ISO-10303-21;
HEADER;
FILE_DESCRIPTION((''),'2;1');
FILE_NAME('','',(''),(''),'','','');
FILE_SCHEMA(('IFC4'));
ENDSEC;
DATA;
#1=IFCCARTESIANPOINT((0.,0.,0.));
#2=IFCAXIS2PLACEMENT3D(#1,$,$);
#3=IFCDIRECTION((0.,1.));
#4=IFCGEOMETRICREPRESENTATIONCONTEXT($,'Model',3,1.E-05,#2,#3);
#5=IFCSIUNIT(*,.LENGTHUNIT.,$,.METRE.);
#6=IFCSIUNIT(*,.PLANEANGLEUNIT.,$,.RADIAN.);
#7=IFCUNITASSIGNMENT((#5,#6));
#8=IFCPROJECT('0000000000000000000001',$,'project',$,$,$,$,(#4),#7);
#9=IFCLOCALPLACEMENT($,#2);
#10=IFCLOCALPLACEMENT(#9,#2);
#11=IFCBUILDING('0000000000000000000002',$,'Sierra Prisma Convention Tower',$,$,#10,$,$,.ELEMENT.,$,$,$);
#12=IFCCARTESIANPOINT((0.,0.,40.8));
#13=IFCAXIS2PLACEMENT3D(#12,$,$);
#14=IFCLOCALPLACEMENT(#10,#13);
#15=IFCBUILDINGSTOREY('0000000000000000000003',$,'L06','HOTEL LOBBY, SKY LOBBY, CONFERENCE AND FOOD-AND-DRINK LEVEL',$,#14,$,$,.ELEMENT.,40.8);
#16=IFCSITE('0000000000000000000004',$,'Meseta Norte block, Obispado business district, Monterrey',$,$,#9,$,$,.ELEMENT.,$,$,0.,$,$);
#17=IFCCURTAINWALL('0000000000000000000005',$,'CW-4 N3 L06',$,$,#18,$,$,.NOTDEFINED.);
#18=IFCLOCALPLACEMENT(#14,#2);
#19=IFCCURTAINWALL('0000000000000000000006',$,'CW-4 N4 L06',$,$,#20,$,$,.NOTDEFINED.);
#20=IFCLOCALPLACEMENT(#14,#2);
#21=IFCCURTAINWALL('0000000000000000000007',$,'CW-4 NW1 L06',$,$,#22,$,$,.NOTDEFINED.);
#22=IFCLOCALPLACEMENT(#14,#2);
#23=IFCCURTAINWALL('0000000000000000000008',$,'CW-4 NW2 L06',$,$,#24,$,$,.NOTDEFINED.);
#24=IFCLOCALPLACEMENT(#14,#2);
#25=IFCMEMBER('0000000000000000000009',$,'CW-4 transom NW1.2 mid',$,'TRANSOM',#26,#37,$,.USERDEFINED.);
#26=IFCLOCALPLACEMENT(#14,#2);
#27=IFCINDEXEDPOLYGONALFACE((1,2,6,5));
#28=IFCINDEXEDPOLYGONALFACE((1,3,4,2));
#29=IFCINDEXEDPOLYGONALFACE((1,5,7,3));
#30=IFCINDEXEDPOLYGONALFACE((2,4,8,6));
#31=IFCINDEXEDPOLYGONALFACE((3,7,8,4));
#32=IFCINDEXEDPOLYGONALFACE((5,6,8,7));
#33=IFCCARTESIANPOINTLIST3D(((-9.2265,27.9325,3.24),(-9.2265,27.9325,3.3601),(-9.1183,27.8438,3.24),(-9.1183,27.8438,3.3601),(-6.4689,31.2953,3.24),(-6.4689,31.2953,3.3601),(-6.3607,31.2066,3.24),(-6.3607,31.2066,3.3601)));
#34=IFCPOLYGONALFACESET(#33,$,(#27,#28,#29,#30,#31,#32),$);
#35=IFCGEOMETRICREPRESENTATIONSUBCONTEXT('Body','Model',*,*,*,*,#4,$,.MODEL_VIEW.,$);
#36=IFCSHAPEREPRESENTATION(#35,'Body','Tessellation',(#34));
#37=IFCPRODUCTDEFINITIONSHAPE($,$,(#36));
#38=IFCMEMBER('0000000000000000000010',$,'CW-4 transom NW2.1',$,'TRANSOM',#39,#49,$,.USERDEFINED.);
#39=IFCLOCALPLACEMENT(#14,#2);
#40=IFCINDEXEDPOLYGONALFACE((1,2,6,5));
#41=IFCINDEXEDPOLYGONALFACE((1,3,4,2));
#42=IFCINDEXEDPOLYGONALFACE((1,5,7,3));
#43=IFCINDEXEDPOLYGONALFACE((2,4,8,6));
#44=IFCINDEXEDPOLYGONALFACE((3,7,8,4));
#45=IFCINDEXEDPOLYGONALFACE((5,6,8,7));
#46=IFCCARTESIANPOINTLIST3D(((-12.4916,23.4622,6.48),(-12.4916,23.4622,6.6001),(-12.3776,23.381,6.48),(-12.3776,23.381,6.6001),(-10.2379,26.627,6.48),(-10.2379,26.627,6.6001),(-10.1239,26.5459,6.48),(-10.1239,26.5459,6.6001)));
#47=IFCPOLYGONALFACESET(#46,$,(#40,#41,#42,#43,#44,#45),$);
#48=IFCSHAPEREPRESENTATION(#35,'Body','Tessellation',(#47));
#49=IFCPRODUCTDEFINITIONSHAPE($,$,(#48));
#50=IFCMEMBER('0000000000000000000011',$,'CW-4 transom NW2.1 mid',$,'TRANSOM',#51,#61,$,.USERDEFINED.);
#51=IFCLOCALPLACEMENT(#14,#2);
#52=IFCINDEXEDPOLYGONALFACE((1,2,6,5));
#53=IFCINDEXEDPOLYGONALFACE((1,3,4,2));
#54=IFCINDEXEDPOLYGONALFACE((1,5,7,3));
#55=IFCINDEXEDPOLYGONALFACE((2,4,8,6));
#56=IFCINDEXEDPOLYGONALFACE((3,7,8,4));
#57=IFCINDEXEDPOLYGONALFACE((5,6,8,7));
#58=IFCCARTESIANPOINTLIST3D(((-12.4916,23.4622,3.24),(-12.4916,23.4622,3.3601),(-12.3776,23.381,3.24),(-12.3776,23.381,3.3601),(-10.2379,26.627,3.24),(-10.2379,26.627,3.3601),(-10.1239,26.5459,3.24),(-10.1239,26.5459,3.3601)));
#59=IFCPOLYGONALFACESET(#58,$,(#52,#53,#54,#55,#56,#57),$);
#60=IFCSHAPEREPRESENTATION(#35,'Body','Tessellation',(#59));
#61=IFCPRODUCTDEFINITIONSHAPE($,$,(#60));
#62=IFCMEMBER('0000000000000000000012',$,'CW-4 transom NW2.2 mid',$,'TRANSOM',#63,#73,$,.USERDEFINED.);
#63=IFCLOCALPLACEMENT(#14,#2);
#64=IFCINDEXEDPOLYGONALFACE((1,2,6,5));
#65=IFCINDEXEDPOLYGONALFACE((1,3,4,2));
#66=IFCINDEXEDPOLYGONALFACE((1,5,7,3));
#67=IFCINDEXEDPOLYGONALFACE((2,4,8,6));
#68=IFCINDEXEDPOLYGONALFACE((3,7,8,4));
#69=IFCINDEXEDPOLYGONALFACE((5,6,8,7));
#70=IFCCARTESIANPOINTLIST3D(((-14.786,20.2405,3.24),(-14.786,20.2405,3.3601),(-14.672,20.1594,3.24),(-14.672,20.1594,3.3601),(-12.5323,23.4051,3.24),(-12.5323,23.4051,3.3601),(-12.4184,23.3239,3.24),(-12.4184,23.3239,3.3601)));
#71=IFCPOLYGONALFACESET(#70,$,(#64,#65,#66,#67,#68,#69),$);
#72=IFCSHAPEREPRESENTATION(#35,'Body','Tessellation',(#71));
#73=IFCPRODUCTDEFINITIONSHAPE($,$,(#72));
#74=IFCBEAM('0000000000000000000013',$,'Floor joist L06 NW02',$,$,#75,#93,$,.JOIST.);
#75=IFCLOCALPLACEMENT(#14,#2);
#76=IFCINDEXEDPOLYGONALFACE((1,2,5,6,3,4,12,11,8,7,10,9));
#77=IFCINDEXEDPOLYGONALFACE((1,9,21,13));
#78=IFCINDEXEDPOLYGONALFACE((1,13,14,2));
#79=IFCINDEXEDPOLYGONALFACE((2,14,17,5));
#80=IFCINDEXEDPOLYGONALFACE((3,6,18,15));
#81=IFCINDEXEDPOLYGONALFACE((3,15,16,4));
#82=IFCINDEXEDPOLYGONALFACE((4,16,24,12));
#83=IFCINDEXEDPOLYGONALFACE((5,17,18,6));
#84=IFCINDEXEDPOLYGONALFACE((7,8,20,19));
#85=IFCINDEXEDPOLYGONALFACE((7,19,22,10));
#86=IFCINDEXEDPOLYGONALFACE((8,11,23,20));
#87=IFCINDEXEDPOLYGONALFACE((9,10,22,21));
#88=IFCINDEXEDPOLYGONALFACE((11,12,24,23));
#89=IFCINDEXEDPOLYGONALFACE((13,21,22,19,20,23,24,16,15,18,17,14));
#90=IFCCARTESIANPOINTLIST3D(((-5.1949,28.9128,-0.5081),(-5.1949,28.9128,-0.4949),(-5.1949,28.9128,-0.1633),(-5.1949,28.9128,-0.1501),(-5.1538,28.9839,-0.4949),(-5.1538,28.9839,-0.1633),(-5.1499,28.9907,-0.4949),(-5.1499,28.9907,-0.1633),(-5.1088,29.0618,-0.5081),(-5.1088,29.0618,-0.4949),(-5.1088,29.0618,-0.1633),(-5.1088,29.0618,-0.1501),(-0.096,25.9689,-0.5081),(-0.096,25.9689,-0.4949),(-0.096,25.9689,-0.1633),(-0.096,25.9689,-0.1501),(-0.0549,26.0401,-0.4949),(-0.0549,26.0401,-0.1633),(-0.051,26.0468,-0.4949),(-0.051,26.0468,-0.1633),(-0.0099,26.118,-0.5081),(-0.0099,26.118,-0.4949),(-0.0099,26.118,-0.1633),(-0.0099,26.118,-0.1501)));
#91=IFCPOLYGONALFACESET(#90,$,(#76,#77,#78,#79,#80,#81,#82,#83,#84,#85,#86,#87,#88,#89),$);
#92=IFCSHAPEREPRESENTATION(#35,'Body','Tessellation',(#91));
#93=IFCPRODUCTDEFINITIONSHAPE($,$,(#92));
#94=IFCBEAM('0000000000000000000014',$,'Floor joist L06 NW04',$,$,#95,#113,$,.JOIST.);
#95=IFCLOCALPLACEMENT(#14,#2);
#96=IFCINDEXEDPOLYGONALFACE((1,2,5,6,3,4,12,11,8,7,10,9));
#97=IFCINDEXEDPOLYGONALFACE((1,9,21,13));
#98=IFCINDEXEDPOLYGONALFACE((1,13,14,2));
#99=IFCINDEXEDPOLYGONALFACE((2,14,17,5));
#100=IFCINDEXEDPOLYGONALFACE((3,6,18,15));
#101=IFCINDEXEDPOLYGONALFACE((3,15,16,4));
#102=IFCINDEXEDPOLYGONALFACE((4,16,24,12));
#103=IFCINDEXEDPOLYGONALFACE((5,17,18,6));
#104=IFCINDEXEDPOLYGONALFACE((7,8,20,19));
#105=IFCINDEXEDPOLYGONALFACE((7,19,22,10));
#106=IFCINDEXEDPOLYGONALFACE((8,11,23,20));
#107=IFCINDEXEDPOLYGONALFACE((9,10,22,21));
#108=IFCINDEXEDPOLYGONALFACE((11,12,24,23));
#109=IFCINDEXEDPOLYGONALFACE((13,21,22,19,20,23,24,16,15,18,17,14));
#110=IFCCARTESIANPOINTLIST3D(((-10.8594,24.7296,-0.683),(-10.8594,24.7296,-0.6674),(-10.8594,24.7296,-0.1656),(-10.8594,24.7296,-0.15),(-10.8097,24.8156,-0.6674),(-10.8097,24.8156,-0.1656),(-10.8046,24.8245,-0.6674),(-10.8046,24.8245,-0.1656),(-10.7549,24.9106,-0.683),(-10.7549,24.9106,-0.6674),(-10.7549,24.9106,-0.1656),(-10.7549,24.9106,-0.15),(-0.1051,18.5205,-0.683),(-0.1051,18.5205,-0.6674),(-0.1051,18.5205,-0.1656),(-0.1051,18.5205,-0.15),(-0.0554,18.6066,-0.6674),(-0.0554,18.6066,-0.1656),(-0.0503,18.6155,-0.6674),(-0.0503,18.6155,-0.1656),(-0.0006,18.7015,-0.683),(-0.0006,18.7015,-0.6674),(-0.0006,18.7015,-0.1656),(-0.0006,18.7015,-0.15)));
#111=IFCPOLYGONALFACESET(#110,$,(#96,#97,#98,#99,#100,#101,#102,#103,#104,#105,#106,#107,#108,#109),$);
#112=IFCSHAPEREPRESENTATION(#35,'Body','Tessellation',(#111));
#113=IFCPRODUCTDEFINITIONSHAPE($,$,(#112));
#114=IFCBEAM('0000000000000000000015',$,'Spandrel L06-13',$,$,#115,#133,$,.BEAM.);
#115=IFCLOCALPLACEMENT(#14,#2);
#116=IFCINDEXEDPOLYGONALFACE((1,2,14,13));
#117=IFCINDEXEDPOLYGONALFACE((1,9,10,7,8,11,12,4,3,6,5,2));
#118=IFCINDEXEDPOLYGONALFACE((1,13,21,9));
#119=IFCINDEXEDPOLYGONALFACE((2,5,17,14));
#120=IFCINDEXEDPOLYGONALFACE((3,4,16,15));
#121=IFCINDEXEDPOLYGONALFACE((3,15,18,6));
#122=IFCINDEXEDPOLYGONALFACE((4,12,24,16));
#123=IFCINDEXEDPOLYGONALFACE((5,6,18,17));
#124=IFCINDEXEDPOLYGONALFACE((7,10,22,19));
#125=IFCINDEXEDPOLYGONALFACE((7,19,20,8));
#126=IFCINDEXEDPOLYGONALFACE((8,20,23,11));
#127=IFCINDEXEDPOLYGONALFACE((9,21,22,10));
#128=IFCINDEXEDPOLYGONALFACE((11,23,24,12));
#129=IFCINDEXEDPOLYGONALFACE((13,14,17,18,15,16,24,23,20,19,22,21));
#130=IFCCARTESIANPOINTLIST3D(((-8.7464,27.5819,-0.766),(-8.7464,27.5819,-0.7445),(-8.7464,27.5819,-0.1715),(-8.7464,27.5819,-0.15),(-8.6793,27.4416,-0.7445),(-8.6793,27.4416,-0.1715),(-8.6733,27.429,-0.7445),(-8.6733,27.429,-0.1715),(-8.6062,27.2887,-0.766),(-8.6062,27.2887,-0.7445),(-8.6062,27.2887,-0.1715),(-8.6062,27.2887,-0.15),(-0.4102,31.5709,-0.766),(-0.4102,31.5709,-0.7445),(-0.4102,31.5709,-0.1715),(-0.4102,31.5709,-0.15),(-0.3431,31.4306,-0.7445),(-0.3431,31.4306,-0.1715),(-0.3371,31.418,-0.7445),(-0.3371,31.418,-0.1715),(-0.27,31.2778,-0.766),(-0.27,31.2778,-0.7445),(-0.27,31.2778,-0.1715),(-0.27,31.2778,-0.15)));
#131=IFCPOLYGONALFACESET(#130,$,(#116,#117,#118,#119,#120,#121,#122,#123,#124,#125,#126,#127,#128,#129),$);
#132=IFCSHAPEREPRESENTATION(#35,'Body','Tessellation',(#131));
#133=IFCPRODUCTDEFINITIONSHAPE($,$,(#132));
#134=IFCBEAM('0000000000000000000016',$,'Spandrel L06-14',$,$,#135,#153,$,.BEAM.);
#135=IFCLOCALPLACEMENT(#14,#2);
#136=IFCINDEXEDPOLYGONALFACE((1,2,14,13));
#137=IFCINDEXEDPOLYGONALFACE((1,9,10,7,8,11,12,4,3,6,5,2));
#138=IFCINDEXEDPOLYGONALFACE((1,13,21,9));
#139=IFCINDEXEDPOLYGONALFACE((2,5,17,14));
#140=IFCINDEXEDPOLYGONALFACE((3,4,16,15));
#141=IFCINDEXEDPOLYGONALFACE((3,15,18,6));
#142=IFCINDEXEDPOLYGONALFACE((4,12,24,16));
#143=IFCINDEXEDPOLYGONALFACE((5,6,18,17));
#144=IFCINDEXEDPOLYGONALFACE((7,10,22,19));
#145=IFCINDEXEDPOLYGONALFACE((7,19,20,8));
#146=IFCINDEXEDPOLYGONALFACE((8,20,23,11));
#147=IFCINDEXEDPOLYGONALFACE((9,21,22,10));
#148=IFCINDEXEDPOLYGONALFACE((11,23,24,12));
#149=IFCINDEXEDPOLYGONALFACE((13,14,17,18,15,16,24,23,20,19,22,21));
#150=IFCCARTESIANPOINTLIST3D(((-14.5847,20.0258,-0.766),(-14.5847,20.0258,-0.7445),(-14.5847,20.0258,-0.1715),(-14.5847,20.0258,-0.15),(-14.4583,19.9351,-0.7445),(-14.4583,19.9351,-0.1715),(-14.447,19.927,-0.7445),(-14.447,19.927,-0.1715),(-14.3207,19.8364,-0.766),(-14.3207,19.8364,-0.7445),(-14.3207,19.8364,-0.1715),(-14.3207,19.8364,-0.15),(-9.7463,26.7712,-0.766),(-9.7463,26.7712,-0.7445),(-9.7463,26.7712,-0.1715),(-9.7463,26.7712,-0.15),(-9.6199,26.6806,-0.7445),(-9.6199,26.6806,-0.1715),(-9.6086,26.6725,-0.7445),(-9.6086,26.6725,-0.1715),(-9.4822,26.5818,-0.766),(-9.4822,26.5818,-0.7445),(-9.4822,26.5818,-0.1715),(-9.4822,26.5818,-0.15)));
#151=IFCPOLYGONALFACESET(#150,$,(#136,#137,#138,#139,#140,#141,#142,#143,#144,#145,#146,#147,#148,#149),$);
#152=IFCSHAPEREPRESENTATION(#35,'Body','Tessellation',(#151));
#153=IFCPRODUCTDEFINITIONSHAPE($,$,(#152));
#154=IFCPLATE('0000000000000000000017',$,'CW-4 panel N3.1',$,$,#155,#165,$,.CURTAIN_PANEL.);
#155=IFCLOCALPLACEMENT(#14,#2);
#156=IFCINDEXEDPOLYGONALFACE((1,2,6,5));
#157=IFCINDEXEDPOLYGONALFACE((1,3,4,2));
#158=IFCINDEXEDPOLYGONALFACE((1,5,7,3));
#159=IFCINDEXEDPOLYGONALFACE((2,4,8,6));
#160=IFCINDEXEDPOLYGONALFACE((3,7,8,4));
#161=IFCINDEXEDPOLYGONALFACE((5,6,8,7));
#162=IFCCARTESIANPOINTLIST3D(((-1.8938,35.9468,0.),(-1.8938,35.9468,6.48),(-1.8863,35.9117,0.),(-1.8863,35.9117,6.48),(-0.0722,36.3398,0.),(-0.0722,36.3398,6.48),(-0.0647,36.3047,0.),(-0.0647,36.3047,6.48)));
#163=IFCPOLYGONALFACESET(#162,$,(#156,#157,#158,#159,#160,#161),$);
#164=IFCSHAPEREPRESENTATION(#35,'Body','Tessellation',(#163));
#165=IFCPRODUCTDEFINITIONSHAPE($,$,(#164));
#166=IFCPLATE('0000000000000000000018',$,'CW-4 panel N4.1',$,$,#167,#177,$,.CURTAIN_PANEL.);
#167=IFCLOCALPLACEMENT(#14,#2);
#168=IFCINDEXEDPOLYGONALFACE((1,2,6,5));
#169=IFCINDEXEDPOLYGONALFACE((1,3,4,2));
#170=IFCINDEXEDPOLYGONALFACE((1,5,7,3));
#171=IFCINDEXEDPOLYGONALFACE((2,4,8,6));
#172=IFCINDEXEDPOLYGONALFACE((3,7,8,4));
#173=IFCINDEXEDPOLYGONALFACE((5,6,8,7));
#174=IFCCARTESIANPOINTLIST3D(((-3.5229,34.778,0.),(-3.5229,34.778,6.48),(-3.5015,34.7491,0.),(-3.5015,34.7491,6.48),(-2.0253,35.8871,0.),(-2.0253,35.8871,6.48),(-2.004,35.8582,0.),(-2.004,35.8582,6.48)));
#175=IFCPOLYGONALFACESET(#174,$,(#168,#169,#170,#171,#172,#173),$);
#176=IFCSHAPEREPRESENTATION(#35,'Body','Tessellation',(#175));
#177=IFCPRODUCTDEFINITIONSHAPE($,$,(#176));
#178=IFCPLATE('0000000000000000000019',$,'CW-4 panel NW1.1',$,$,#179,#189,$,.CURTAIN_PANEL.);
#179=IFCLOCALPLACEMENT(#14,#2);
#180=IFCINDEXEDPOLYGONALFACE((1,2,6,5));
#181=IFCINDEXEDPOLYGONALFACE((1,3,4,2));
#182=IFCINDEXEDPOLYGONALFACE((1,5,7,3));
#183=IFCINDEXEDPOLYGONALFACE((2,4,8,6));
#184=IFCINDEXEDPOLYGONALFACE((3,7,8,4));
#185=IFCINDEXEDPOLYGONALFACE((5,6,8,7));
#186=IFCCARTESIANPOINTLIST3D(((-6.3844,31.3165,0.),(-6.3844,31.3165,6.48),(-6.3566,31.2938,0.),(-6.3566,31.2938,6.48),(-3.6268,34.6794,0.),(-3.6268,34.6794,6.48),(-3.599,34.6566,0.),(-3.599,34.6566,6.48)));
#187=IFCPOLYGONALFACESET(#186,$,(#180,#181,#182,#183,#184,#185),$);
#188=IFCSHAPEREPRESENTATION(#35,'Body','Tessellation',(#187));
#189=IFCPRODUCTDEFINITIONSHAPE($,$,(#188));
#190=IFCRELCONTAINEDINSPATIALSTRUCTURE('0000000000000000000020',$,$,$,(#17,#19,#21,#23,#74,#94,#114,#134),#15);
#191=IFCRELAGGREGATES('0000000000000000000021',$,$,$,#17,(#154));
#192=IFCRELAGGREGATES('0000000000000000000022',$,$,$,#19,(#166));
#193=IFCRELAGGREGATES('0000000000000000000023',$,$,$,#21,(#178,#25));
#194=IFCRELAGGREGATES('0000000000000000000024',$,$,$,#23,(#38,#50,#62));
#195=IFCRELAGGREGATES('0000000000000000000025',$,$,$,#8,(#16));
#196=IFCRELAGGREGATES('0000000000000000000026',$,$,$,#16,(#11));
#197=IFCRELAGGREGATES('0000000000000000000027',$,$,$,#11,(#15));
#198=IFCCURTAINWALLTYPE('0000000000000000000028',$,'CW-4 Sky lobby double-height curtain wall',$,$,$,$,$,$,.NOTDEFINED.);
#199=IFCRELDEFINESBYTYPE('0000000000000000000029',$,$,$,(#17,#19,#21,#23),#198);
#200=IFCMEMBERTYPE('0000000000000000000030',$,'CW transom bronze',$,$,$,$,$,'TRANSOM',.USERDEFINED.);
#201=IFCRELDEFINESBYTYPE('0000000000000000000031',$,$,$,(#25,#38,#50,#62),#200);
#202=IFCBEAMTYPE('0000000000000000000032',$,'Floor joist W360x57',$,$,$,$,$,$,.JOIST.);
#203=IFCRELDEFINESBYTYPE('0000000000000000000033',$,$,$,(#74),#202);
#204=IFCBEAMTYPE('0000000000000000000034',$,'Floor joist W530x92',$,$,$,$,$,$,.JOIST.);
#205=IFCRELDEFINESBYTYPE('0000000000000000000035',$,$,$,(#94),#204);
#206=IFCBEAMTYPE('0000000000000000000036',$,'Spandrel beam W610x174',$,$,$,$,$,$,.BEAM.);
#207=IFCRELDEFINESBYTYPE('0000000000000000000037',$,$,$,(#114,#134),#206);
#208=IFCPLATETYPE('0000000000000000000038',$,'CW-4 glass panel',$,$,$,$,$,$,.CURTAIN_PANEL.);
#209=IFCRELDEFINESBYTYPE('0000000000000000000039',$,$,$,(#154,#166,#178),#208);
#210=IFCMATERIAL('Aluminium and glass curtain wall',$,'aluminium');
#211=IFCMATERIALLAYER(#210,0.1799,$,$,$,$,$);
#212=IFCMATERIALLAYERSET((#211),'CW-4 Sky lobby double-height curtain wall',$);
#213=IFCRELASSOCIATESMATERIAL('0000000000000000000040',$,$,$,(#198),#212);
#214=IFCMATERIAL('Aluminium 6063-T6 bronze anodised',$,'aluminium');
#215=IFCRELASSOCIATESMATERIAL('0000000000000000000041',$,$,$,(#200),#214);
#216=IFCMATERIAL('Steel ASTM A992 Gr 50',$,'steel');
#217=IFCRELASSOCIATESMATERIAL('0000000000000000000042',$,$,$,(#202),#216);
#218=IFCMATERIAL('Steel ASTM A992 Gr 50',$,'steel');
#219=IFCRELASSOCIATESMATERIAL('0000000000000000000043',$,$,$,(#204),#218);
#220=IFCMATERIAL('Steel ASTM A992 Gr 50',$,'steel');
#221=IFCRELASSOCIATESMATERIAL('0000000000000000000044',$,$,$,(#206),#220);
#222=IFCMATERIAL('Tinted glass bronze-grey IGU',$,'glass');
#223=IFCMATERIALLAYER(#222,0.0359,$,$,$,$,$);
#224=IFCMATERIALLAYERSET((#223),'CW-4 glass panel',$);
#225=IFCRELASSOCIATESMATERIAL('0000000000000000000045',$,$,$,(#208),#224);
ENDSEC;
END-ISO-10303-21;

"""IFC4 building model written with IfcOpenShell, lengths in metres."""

from ifc_helpers import new_model, si_unit, direction, frame, origin, origin_2d, place, context, subcontext, project, spatial, rectangle, i_section, extrude, material, layer, layer_set, material_profile, profile_set, type_object, element, aggregate, save


model = new_model("IFC4")

# Units and contexts
model_context = context("Model", 3, precision=1e-05, world=origin(), true_north=direction((0.0, 1.0)))
body_context = subcontext(model_context, "Body", "Model", "MODEL_VIEW")
ifc_project = project(units=[si_unit("LENGTHUNIT", "METRE"), si_unit("PLANEANGLEUNIT", "RADIAN")], contexts=[model_context])

# Site, building, storey
site_placement = place(None, origin())
site = spatial("IfcSite", under=ifc_project, at=site_placement, Name="Meseta Norte block, Obispado business district, Monterrey", CompositionType="ELEMENT", RefElevation=0.0)
building_placement = place(site_placement, origin())
building = spatial("IfcBuilding", under=site, at=building_placement, Name="Sierra Prisma Convention Tower", CompositionType="ELEMENT")
storey_placement = place(building_placement, frame((0.0, 0.0, 40.8)))
storey = spatial("IfcBuildingStorey", under=building, at=storey_placement, Name="L06", Description="HOTEL LOBBY, SKY LOBBY, CONFERENCE AND FOOD-AND-DRINK LEVEL", CompositionType="ELEMENT", Elevation=40.8)

# Curtain walls
ifc_material_1 = material(Name="Aluminium and glass curtain wall", Category="aluminium")
ifc_layer_1 = layer(ifc_material_1, 0.1799)
ifc_layer_set_1 = layer_set([ifc_layer_1], Name="CW-4 Sky lobby double-height curtain wall")
curtain_wall_type = type_object("IfcCurtainWallType", Name="CW-4 Sky lobby double-height curtain wall", PredefinedType="NOTDEFINED", material=ifc_layer_set_1)
curtain_wall_1_placement = place(storey_placement, origin())
curtain_wall_1 = element("IfcCurtainWall", 1, at=curtain_wall_1_placement, inside=storey, type_object=curtain_wall_type, Name="CW-4 N3 L06", PredefinedType="NOTDEFINED")
curtain_wall_2_placement = place(storey_placement, origin())
curtain_wall_2 = element("IfcCurtainWall", 2, at=curtain_wall_2_placement, inside=storey, type_object=curtain_wall_type, Name="CW-4 N4 L06", PredefinedType="NOTDEFINED")

# Curtain wall
curtain_wall_3_placement = place(storey_placement, origin())
curtain_wall_3 = element("IfcCurtainWall", 3, at=curtain_wall_3_placement, inside=storey, type_object=curtain_wall_type, Name="CW-4 NW1 L06", PredefinedType="NOTDEFINED")

# Curtain wall
curtain_wall_4_placement = place(storey_placement, origin())
curtain_wall_4 = element("IfcCurtainWall", 4, at=curtain_wall_4_placement, inside=storey, type_object=curtain_wall_type, Name="CW-4 NW2 L06", PredefinedType="NOTDEFINED")

# Members
ifc_material_2 = material(Name="Aluminium 6063-T6 bronze anodised", Category="aluminium")
ifc_material_profile_1 = material_profile(ifc_material_2, rectangle(XDim=0.1399, YDim=0.1201, at=origin_2d()), Name="ALU TRANSOM 120x140")
ifc_profile_set_1 = profile_set([ifc_material_profile_1], Name="Aluminium 6063-T6 bronze anodised")
member_type_1 = type_object("IfcMemberType", Name="CW transom bronze", ElementType="TRANSOM", PredefinedType="USERDEFINED", material=ifc_profile_set_1)
member_1_placement = place(storey_placement, frame((-6.4148, 31.251, 3.3), z_axis=(-0.63409, -0.773259, 0.0), x_axis=(0.773259, -0.63409, 0.0)))
member_1 = element("IfcMember", 5, at=member_1_placement, type_object=member_type_1, Name="CW-4 transom NW1.2 mid", ObjectType="TRANSOM", PredefinedType="USERDEFINED", context=body_context, shape_type="SweptSolid", body=[
    extrude(rectangle(XDim=0.1399, YDim=0.1201, at=origin_2d()), origin(), (0.0, 0.0, 1.0), 4.3489),
])
member_2_placement = place(storey_placement, frame((-10.1809, 26.5864, 6.54), z_axis=(-0.580061, -0.814573, 0.0), x_axis=(0.814573, -0.580061, 0.0)))
member_2 = element("IfcMember", 6, at=member_2_placement, type_object=member_type_1, Name="CW-4 transom NW2.1", ObjectType="TRANSOM", PredefinedType="USERDEFINED", context=body_context, shape_type="SweptSolid", body=[
    extrude(rectangle(XDim=0.1399, YDim=0.1201, at=origin_2d()), origin(), (0.0, 0.0, 1.0), 3.8853),
])
member_3_placement = place(storey_placement, frame((-10.1809, 26.5864, 3.3), z_axis=(-0.580061, -0.814573, 0.0), x_axis=(0.814573, -0.580061, 0.0)))
member_3 = element("IfcMember", 7, at=member_3_placement, type_object=member_type_1, Name="CW-4 transom NW2.1 mid", ObjectType="TRANSOM", PredefinedType="USERDEFINED", context=body_context, shape_type="SweptSolid", body=[
    extrude(rectangle(XDim=0.1399, YDim=0.1201, at=origin_2d()), origin(), (0.0, 0.0, 1.0), 3.8853),
])
member_4_placement = place(storey_placement, frame((-12.4753, 23.3645, 3.3), z_axis=(-0.58009, -0.814552, 0.0), x_axis=(0.814552, -0.58009, 0.0)))
member_4 = element("IfcMember", 8, at=member_4_placement, type_object=member_type_1, Name="CW-4 transom NW2.2 mid", ObjectType="TRANSOM", PredefinedType="USERDEFINED", context=body_context, shape_type="SweptSolid", body=[
    extrude(rectangle(XDim=0.1399, YDim=0.1201, at=origin_2d()), origin(), (0.0, 0.0, 1.0), 3.885),
])

# Beams
ifc_material_3 = material(Name="Steel ASTM A992 Gr 50", Category="steel")
ifc_material_profile_2 = material_profile(ifc_material_3, i_section(OverallWidth=0.1721, OverallDepth=0.3579, WebThickness=0.0078, FlangeThickness=0.0132, at=origin_2d()), Name="W360x57")
ifc_profile_set_2 = profile_set([ifc_material_profile_2], Name="Steel ASTM A992 Gr 50")
beam_type_1 = type_object("IfcBeamType", Name="Floor joist W360x57", PredefinedType="JOIST", material=ifc_profile_set_2)
beam_1_placement = place(storey_placement, frame((-5.1519, 28.9873, -0.3291), z_axis=(0.866025, -0.500001, 0.0), x_axis=(0.500001, 0.866025, 0.0)))
element("IfcBeam", 9, at=beam_1_placement, inside=storey, type_object=beam_type_1, Name="Floor joist L06 NW02", PredefinedType="JOIST", context=body_context, shape_type="SweptSolid", body=[
    extrude(i_section(OverallWidth=0.1721, OverallDepth=0.3579, WebThickness=0.0078, FlangeThickness=0.0132, at=origin_2d()), origin(), (0.0, 0.0, 1.0), 5.8877),
])
ifc_material_4 = material(Name="Steel ASTM A992 Gr 50", Category="steel")
ifc_material_profile_3 = material_profile(ifc_material_4, i_section(OverallWidth=0.209, OverallDepth=0.533, WebThickness=0.0103, FlangeThickness=0.0156, at=origin_2d()), Name="W530x92")
ifc_profile_set_3 = profile_set([ifc_material_profile_3], Name="Steel ASTM A992 Gr 50")
beam_type_2 = type_object("IfcBeamType", Name="Floor joist W530x92", PredefinedType="JOIST", material=ifc_profile_set_3)
beam_2_placement = place(storey_placement, frame((-10.8071, 24.8201, -0.4165), z_axis=(0.866023, -0.500004, 0.0), x_axis=(0.500004, 0.866023, 0.0)))
element("IfcBeam", 10, at=beam_2_placement, inside=storey, type_object=beam_type_2, Name="Floor joist L06 NW04", PredefinedType="JOIST", context=body_context, shape_type="SweptSolid", body=[
    extrude(i_section(OverallWidth=0.209, OverallDepth=0.533, WebThickness=0.0103, FlangeThickness=0.0156, at=origin_2d()), origin(), (0.0, 0.0, 1.0), 12.418),
])
ifc_material_5 = material(Name="Steel ASTM A992 Gr 50", Category="steel")
ifc_material_profile_4 = material_profile(ifc_material_5, i_section(OverallWidth=0.325, OverallDepth=0.616, WebThickness=0.0139, FlangeThickness=0.0215, at=origin_2d()), Name="W610x174")
ifc_profile_set_4 = profile_set([ifc_material_profile_4], Name="Steel ASTM A992 Gr 50")
beam_type_3 = type_object("IfcBeamType", Name="Spandrel beam W610x174", PredefinedType="BEAM", material=ifc_profile_set_4)
beam_3_placement = place(storey_placement, frame((-0.3401, 31.4243, -0.458), z_axis=(-0.902044, -0.431644, 0.0), x_axis=(0.431644, -0.902044, 0.0)))
element("IfcBeam", 11, at=beam_3_placement, inside=storey, type_object=beam_type_3, Name="Spandrel L06-13", PredefinedType="BEAM", context=body_context, shape_type="SweptSolid", body=[
    extrude(i_section(OverallWidth=0.325, OverallDepth=0.616, WebThickness=0.0139, FlangeThickness=0.0215, at=origin_2d()), origin(), (0.0, 0.0, 1.0), 9.2415),
])
beam_4_placement = place(storey_placement, frame((-9.6143, 26.6765, -0.458), z_axis=(-0.582853, -0.812577, 0.0), x_axis=(0.812577, -0.582853, 0.0)))
element("IfcBeam", 12, at=beam_4_placement, inside=storey, type_object=beam_type_3, Name="Spandrel L06-14", PredefinedType="BEAM", context=body_context, shape_type="SweptSolid", body=[
    extrude(i_section(OverallWidth=0.325, OverallDepth=0.616, WebThickness=0.0139, FlangeThickness=0.0215, at=origin_2d()), origin(), (0.0, 0.0, 1.0), 8.3013),
])

# Plates
ifc_material_6 = material(Name="Tinted glass bronze-grey IGU", Category="glass")
ifc_layer_2 = layer(ifc_material_6, 0.0359)
ifc_layer_set_2 = layer_set([ifc_layer_2], Name="CW-4 glass panel")
plate_type = type_object("IfcPlateType", Name="CW-4 glass panel", PredefinedType="CURTAIN_PANEL", material=ifc_layer_set_2)
plate_1_placement = place(storey_placement, frame((-0.9792, 36.1257, 0.0), z_axis=(0.0, 0.0, 1.0), x_axis=(-0.977509, -0.210894, 0.0)))
plate_1 = element("IfcPlate", 13, at=plate_1_placement, type_object=plate_type, Name="CW-4 panel N3.1", PredefinedType="CURTAIN_PANEL", context=body_context, shape_type="SweptSolid", body=[
    extrude(rectangle(XDim=1.8635, YDim=0.0359, at=origin_2d()), origin(), (0.0, 0.0, 1.0), 6.48),
])
aggregate(curtain_wall_1, [plate_1])
plate_2_placement = place(storey_placement, frame((-2.7634, 35.3181, 0.0), z_axis=(0.0, 0.0, 1.0), x_axis=(-0.803605, -0.595164, 0.0)))
plate_2 = element("IfcPlate", 14, at=plate_2_placement, type_object=plate_type, Name="CW-4 panel N4.1", PredefinedType="CURTAIN_PANEL", context=body_context, shape_type="SweptSolid", body=[
    extrude(rectangle(XDim=1.8635, YDim=0.0359, at=origin_2d()), origin(), (0.0, 0.0, 1.0), 6.48),
])
aggregate(curtain_wall_2, [plate_2])
plate_3_placement = place(storey_placement, frame((-4.9917, 32.9866, 0.0), z_axis=(0.0, 0.0, 1.0), x_axis=(-0.634089, -0.77326, 0.0)))
plate_3 = element("IfcPlate", 15, at=plate_3_placement, type_object=plate_type, Name="CW-4 panel NW1.1", PredefinedType="CURTAIN_PANEL", context=body_context, shape_type="SweptSolid", body=[
    extrude(rectangle(XDim=4.3489, YDim=0.0359, at=origin_2d()), origin(), (0.0, 0.0, 1.0), 6.48),
])
aggregate(curtain_wall_3, [plate_3, member_1])
aggregate(curtain_wall_4, [member_2, member_3, member_4])

save(model, "model.ifc")
